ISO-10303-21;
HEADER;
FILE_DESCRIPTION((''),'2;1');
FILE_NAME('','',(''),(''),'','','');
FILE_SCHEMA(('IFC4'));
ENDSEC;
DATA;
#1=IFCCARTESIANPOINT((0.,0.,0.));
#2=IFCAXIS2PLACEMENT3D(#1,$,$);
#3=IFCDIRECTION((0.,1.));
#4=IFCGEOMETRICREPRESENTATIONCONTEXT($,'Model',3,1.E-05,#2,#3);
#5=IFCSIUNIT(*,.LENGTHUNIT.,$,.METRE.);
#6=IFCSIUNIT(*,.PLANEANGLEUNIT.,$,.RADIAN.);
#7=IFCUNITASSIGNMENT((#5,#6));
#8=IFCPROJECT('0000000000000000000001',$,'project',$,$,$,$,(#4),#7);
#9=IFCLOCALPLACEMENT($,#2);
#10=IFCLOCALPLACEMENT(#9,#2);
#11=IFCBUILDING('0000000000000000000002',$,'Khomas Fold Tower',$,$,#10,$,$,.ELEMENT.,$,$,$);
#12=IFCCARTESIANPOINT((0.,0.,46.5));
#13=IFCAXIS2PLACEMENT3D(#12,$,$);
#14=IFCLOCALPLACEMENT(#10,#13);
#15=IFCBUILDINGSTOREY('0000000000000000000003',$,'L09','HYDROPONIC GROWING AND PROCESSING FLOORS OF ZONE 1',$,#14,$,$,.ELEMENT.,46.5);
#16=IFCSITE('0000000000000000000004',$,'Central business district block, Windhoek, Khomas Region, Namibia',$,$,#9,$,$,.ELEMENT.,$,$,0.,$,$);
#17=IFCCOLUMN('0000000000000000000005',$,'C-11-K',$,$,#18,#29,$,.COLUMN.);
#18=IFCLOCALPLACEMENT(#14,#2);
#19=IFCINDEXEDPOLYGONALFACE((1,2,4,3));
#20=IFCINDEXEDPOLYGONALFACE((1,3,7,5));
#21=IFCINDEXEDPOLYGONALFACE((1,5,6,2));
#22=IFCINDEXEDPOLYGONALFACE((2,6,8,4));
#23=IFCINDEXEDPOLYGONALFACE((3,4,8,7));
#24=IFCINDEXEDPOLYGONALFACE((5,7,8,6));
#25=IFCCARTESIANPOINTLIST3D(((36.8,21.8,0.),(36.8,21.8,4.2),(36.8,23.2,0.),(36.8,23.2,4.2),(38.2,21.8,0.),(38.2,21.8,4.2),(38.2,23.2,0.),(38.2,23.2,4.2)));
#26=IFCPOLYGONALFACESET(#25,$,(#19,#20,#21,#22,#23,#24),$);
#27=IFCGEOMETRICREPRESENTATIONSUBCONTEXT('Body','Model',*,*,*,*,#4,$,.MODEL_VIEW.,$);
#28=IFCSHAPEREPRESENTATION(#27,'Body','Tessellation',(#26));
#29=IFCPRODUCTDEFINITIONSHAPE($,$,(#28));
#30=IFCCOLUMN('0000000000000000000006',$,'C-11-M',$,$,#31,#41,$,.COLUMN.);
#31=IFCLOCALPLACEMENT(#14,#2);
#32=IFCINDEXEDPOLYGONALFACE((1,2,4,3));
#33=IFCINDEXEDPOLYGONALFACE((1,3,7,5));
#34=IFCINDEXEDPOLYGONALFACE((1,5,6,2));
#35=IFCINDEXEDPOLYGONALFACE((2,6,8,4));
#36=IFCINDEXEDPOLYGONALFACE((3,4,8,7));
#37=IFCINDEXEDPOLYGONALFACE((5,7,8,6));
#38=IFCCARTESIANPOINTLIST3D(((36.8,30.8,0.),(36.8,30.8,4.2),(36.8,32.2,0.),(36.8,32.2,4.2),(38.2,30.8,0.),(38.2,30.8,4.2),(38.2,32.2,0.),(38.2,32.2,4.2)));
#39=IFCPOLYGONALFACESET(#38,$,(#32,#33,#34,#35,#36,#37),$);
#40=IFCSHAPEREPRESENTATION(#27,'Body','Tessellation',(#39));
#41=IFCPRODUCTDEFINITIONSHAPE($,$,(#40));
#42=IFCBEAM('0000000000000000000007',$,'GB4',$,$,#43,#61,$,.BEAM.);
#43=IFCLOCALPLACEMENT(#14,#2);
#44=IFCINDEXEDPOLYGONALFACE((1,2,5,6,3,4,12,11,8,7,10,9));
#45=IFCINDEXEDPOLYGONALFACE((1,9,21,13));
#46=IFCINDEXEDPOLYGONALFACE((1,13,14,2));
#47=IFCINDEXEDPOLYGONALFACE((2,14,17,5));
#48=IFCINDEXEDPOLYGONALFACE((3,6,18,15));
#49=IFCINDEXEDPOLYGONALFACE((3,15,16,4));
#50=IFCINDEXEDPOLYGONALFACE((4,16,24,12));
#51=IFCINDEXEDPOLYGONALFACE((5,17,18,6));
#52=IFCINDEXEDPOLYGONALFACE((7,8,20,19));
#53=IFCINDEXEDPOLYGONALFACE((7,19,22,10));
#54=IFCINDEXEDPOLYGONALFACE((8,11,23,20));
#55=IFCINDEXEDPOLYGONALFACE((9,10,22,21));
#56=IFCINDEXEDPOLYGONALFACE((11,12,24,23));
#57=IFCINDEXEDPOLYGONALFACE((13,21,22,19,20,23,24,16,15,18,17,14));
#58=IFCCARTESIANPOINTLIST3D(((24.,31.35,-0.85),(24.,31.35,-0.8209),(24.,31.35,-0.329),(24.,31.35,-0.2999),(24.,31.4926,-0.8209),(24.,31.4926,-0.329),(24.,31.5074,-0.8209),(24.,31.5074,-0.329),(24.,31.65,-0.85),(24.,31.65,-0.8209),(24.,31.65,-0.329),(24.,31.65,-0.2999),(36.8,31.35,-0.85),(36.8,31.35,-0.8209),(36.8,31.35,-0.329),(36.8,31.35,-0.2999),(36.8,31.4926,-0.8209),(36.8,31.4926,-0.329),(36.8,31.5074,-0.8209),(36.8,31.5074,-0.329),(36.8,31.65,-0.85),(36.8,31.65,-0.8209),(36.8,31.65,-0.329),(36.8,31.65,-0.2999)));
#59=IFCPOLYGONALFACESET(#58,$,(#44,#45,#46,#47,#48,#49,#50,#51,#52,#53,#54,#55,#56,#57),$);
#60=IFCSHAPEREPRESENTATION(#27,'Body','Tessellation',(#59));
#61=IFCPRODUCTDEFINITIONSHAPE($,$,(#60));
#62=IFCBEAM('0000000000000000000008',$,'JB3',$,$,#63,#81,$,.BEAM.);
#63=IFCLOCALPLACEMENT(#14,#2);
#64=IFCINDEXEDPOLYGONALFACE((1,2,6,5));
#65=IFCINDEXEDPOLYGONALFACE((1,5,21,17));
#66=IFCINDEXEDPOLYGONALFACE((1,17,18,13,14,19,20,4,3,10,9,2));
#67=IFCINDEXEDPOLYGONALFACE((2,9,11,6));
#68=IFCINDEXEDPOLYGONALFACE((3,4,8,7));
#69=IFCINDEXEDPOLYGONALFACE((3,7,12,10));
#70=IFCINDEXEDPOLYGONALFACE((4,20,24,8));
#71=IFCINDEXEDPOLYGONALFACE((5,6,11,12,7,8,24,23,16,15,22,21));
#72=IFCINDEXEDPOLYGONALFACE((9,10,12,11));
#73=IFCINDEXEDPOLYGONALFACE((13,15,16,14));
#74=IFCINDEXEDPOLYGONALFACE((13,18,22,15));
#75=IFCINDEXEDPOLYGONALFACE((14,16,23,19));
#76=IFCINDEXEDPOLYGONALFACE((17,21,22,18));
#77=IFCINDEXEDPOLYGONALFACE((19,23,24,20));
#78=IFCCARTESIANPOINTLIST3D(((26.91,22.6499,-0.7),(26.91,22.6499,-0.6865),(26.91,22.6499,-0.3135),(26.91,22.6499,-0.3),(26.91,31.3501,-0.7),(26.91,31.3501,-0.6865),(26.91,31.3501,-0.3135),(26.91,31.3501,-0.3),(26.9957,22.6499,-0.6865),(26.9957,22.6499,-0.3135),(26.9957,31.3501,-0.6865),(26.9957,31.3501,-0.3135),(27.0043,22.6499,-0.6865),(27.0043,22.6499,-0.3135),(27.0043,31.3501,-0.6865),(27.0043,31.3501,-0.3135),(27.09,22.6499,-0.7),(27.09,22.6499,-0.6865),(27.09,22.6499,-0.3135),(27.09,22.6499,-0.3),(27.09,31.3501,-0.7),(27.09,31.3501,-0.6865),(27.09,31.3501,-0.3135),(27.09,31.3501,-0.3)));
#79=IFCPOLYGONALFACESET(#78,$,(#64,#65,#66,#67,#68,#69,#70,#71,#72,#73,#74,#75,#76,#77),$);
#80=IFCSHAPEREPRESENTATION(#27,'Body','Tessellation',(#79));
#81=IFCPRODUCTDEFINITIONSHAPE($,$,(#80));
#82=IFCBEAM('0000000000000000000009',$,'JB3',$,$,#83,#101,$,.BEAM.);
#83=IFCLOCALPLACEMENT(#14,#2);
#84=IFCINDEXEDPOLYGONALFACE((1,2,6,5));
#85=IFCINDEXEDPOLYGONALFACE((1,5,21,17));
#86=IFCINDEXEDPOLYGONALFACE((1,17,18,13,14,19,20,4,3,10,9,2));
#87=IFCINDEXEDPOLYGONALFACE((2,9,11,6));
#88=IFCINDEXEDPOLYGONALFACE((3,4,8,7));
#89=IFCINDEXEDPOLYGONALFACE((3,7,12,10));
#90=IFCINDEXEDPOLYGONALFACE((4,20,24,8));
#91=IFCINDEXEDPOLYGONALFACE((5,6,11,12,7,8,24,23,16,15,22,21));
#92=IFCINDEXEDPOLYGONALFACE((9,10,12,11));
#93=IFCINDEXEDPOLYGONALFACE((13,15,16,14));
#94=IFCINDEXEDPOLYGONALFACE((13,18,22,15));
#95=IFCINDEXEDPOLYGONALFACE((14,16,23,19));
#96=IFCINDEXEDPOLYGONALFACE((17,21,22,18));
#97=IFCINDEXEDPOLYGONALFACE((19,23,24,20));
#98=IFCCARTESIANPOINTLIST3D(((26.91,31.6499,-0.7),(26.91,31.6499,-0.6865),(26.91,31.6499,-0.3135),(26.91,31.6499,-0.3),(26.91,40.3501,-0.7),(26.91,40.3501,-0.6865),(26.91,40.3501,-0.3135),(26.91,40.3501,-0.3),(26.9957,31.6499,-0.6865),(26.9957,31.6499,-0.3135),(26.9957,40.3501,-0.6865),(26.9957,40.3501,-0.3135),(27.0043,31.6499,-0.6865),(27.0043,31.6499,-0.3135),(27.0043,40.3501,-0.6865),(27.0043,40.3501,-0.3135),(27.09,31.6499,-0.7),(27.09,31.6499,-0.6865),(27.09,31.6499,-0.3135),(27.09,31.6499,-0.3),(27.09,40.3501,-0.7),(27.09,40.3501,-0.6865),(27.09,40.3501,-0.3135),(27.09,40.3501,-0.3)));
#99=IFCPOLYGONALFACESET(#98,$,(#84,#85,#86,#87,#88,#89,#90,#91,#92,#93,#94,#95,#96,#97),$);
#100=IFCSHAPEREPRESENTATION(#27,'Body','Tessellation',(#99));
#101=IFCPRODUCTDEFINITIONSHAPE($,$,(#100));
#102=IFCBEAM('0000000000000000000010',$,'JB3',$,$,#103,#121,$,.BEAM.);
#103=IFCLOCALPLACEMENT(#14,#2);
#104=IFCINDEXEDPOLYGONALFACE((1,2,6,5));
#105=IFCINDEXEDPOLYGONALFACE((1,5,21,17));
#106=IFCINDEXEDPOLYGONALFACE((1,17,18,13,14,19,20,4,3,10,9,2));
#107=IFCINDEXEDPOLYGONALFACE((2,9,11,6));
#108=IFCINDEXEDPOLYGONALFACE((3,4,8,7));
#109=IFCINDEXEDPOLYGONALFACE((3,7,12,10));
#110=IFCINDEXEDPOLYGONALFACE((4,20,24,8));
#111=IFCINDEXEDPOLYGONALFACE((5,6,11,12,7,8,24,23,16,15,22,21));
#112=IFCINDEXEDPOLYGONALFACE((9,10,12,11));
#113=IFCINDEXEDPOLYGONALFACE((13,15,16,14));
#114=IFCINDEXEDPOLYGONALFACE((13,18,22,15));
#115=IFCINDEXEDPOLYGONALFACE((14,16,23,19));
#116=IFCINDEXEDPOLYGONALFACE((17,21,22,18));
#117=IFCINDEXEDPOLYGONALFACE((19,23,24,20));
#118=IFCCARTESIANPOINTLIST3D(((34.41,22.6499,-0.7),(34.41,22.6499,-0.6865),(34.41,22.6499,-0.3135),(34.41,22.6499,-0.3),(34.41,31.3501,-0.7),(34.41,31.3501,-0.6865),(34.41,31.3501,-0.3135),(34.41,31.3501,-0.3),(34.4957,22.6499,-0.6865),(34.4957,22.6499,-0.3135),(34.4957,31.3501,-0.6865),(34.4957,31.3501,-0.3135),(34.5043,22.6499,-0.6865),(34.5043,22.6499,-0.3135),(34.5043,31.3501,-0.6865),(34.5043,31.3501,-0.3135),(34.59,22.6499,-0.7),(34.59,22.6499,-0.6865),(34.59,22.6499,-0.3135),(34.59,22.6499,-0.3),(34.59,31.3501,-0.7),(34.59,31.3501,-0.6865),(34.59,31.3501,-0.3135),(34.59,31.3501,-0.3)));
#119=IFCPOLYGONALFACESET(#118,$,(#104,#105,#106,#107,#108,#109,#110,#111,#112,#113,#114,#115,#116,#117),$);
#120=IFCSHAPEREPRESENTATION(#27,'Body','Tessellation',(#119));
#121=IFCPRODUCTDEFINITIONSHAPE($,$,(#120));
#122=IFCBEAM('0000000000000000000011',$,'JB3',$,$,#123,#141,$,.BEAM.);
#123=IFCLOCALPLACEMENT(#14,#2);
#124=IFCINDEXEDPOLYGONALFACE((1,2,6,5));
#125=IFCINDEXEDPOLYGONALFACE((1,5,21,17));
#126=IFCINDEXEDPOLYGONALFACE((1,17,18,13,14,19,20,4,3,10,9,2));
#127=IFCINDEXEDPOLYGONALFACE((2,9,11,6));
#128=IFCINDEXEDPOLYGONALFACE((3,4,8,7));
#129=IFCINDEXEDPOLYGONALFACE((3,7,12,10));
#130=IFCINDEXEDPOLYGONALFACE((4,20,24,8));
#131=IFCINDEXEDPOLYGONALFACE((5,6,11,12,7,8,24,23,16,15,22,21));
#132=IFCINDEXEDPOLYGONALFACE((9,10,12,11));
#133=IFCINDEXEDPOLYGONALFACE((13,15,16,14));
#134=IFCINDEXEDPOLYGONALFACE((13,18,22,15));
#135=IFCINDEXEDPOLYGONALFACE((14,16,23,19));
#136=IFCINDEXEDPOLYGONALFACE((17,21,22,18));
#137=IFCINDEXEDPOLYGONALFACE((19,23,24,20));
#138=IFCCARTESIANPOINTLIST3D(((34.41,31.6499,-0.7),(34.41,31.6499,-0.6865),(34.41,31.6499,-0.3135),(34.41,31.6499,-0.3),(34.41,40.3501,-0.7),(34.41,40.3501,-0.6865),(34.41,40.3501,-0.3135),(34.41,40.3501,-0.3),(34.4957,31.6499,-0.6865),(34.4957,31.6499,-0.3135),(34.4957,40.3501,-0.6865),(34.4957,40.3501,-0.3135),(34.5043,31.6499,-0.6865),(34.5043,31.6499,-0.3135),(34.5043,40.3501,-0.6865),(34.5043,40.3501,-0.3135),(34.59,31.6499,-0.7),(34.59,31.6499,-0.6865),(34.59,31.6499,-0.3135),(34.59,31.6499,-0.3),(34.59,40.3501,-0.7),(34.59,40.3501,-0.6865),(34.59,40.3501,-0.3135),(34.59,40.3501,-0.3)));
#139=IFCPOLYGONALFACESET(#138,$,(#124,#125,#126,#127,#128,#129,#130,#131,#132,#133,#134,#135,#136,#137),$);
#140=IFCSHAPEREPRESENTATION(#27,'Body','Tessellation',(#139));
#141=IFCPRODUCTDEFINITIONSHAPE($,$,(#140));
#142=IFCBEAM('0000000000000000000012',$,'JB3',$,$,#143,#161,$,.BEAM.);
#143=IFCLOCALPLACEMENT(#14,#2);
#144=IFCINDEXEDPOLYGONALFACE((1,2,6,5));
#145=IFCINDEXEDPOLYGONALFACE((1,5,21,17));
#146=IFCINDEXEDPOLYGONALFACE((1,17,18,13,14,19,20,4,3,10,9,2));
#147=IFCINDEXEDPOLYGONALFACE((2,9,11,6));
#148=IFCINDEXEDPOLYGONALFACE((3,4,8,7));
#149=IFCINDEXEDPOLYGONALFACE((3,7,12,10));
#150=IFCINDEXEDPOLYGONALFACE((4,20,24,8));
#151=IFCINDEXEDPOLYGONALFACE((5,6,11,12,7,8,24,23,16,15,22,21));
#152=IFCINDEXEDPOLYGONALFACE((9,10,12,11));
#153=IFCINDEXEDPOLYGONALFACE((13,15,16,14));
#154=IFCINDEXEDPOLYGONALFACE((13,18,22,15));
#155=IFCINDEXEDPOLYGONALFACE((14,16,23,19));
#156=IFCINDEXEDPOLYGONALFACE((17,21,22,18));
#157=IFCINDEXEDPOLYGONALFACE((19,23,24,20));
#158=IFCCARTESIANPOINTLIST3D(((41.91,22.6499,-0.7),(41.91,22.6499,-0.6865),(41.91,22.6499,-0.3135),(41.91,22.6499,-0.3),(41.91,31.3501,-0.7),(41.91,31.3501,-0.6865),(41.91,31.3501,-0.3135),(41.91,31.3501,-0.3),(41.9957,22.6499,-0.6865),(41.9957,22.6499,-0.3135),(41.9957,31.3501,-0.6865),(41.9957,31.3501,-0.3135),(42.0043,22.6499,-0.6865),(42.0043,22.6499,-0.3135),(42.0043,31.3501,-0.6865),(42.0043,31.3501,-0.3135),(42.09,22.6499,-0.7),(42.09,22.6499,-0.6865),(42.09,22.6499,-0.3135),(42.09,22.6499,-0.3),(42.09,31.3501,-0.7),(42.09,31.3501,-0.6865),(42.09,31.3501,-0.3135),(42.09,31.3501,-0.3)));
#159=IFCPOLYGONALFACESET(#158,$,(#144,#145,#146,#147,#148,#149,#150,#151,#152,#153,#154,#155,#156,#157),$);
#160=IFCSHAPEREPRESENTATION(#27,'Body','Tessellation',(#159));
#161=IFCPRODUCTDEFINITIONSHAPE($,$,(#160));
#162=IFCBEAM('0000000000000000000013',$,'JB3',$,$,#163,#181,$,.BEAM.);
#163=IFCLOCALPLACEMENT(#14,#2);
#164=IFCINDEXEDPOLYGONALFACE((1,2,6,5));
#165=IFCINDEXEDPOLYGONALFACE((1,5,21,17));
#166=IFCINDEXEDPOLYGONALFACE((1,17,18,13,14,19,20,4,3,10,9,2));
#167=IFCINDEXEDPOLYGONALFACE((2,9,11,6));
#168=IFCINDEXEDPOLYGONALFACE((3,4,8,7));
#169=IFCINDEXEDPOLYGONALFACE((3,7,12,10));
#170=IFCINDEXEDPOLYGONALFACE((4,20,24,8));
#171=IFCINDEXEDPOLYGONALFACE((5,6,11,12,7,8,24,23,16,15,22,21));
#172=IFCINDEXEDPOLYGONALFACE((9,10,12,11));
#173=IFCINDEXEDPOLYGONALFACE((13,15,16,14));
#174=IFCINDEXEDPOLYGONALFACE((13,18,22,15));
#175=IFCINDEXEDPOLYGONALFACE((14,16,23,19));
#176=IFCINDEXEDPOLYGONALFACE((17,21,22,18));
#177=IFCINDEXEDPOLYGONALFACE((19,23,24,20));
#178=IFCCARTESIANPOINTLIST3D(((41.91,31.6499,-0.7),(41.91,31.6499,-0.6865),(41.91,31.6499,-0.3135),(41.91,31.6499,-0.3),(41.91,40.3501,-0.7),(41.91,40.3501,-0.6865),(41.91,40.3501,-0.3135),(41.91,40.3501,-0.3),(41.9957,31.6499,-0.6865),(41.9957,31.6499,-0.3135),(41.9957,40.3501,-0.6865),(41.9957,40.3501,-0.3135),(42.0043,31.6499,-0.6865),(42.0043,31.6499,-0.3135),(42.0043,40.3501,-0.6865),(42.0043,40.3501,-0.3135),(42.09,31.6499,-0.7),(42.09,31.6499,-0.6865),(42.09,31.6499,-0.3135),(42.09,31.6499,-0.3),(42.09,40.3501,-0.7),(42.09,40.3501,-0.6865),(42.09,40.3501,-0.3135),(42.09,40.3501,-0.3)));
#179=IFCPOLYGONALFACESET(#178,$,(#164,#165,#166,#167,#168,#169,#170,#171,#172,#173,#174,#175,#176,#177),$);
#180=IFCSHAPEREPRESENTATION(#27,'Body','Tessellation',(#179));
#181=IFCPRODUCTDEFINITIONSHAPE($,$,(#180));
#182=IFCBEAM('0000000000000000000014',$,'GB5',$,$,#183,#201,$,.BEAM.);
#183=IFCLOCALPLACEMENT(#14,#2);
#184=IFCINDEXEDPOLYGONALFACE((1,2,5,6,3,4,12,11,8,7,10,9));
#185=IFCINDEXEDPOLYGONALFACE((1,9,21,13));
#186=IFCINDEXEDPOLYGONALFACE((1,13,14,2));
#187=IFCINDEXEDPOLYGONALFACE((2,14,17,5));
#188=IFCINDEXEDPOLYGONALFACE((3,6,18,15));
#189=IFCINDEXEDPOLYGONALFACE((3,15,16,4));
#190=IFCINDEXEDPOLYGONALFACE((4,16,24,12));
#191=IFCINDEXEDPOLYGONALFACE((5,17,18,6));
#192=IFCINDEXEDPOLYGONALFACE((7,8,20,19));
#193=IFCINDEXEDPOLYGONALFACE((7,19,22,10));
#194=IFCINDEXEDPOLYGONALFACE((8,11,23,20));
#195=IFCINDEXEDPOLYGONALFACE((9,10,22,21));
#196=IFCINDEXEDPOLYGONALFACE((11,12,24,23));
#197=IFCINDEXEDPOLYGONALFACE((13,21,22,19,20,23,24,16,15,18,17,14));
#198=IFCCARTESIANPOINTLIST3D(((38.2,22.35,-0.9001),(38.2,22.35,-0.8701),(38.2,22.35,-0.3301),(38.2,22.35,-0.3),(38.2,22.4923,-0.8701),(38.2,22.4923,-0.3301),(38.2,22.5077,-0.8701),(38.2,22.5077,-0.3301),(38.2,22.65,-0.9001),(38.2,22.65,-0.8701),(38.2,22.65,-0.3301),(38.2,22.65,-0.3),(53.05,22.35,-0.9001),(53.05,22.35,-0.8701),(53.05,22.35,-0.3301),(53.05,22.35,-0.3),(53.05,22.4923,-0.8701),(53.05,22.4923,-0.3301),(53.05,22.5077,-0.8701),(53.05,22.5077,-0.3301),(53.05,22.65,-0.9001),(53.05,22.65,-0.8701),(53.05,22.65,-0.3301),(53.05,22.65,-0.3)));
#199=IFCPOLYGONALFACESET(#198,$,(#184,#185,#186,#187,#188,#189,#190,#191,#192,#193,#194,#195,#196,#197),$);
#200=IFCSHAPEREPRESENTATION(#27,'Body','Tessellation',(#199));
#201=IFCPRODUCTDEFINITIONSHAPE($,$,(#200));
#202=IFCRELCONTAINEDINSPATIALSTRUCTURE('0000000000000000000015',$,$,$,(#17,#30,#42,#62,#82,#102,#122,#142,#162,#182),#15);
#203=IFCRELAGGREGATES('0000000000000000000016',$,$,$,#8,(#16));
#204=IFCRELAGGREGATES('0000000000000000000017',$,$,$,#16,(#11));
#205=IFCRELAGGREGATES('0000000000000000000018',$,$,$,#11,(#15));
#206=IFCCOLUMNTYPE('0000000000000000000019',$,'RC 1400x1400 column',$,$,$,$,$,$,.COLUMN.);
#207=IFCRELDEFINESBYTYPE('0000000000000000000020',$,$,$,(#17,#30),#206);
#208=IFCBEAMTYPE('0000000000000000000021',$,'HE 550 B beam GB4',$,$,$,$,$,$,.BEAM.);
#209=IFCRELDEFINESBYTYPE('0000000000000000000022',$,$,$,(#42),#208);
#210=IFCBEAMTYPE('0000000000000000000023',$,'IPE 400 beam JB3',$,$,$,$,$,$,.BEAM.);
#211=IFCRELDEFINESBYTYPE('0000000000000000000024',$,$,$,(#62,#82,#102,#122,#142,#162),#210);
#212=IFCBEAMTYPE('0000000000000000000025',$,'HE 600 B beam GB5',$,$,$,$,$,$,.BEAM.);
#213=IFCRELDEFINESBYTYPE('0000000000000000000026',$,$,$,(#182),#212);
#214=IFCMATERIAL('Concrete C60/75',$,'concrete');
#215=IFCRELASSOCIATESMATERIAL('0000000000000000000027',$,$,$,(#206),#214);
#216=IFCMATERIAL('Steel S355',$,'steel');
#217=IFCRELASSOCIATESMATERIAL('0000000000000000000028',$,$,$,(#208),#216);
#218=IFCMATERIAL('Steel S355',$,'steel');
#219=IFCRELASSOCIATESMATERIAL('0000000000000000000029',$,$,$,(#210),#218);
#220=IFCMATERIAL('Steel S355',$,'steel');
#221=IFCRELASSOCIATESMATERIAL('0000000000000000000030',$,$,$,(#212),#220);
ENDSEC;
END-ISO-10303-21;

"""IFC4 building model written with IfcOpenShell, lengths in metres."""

from ifc_helpers import new_model, si_unit, direction, frame, origin, origin_2d, place, context, subcontext, project, spatial, rectangle, i_section, extrude, source, transform, mapped, material, material_profile, profile_set, type_object, element, save


model = new_model("IFC4")

# Units and contexts
model_context = context("Model", 3, precision=1e-05, world=origin(), true_north=direction((0.0, 1.0)))
body_context = subcontext(model_context, "Body", "Model", "MODEL_VIEW")
ifc_project = project(units=[si_unit("LENGTHUNIT", "METRE"), si_unit("PLANEANGLEUNIT", "RADIAN")], contexts=[model_context])

# Site, building, storey
site_placement = place(None, origin())
site = spatial("IfcSite", under=ifc_project, at=site_placement, Name="Central business district block, Windhoek, Khomas Region, Namibia", CompositionType="ELEMENT", RefElevation=0.0)
building_placement = place(site_placement, origin())
building = spatial("IfcBuilding", under=site, at=building_placement, Name="Khomas Fold Tower", CompositionType="ELEMENT")
storey_placement = place(building_placement, frame((0.0, 0.0, 46.5)))
storey = spatial("IfcBuildingStorey", under=building, at=storey_placement, Name="L09", Description="HYDROPONIC GROWING AND PROCESSING FLOORS OF ZONE 1", CompositionType="ELEMENT", Elevation=46.5)

# Columns
ifc_material_1 = material(Name="Concrete C60/75", Category="concrete")
ifc_material_profile_1 = material_profile(ifc_material_1, rectangle(XDim=1.3999, YDim=1.3999, at=origin_2d()), Name="RC 1400x1400")
ifc_profile_set_1 = profile_set([ifc_material_profile_1], Name="Concrete C60/75")
column_type = type_object("IfcColumnType", Name="RC 1400x1400 column", PredefinedType="COLUMN", material=ifc_profile_set_1)
shared_shape_1 = source(origin(), body_context, "Body", "SweptSolid", [
    extrude(rectangle(XDim=1.3999, YDim=1.3999, at=origin_2d()), origin(), (0.0, 0.0, 1.0), 4.2),
])
for number, where, z_axis, x_axis, name in (
    (1, (37.5, 22.5, 0.0), (0.0, 0.0, 1.0), (1.0, 0.0, 0.0), "C-11-K"),
    (2, (37.5, 31.5, 0.0), (0.0, 0.0, 1.0), (1.0, 0.0, 0.0), "C-11-M"),
):
    element("IfcColumn", number, at=place(storey_placement, frame(where, z_axis=z_axis, x_axis=x_axis)), inside=storey, type_object=column_type, Name=name, PredefinedType="COLUMN", context=body_context, shape_type="MappedRepresentation", body=[
        mapped(shared_shape_1, transform((0.0, 0.0, 0.0))),
    ])

# Beams
ifc_material_2 = material(Name="Steel S355", Category="steel")
ifc_material_profile_2 = material_profile(ifc_material_2, i_section(OverallWidth=0.3, OverallDepth=0.55, WebThickness=0.0149, FlangeThickness=0.0291, at=origin_2d()), Name="HE 550 B")
ifc_profile_set_2 = profile_set([ifc_material_profile_2], Name="Steel S355")
beam_type_1 = type_object("IfcBeamType", Name="HE 550 B beam GB4", PredefinedType="BEAM", material=ifc_profile_set_2)
shared_shape_2 = source(origin(), body_context, "Body", "SweptSolid", [
    extrude(i_section(OverallWidth=0.3, OverallDepth=0.55, WebThickness=0.0149, FlangeThickness=0.0291, at=origin_2d()), origin(), (0.0, 0.0, 1.0), 12.8),
])
beam_placement = place(storey_placement, frame((24.0, 31.5, -0.575), z_axis=(1.0, 0.0, 0.0), x_axis=(0.0, 1.0, 0.0)))
element("IfcBeam", 3, at=beam_placement, inside=storey, type_object=beam_type_1, Name="GB4", PredefinedType="BEAM", context=body_context, shape_type="MappedRepresentation", body=[
    mapped(shared_shape_2, transform((0.0, 0.0, 0.0))),
])
ifc_material_3 = material(Name="Steel S355", Category="steel")
ifc_material_profile_3 = material_profile(ifc_material_3, i_section(OverallWidth=0.1799, OverallDepth=0.3999, WebThickness=0.0085, FlangeThickness=0.0134, at=origin_2d()), Name="IPE 400")
ifc_profile_set_3 = profile_set([ifc_material_profile_3], Name="Steel S355")
beam_type_2 = type_object("IfcBeamType", Name="IPE 400 beam JB3", PredefinedType="BEAM", material=ifc_profile_set_3)
shared_shape_3 = source(origin(), body_context, "Body", "SweptSolid", [
    extrude(i_section(OverallWidth=0.1799, OverallDepth=0.3999, WebThickness=0.0085, FlangeThickness=0.0134, at=origin_2d()), origin(), (0.0, 0.0, 1.0), 8.7002),
])
for number, where, z_axis, x_axis, name in (
    (4, (27.0, 22.6499, -0.5), (0.0, 1.0, 0.0), (-1.0, 0.0, 0.0), "JB3"),
    (5, (27.0, 31.6499, -0.5), (0.0, 1.0, 0.0), (-1.0, 0.0, 0.0), "JB3"),
    (6, (34.5, 22.6499, -0.5), (0.0, 1.0, 0.0), (-1.0, 0.0, 0.0), "JB3"),
    (7, (34.5, 31.6499, -0.5), (0.0, 1.0, 0.0), (-1.0, 0.0, 0.0), "JB3"),
    (8, (42.0, 22.6499, -0.5), (0.0, 1.0, 0.0), (-1.0, 0.0, 0.0), "JB3"),
    (9, (42.0, 31.6499, -0.5), (0.0, 1.0, 0.0), (-1.0, 0.0, 0.0), "JB3"),
):
    element("IfcBeam", number, at=place(storey_placement, frame(where, z_axis=z_axis, x_axis=x_axis)), inside=storey, type_object=beam_type_2, Name=name, PredefinedType="BEAM", context=body_context, shape_type="MappedRepresentation", body=[
        mapped(shared_shape_3, transform((0.0, 0.0, 0.0))),
    ])
ifc_material_4 = material(Name="Steel S355", Category="steel")
ifc_material_profile_4 = material_profile(ifc_material_4, i_section(OverallWidth=0.3, OverallDepth=0.6001, WebThickness=0.0154, FlangeThickness=0.03, at=origin_2d()), Name="HE 600 B")
ifc_profile_set_4 = profile_set([ifc_material_profile_4], Name="Steel S355")
beam_type_3 = type_object("IfcBeamType", Name="HE 600 B beam GB5", PredefinedType="BEAM", material=ifc_profile_set_4)
shared_shape_4 = source(origin(), body_context, "Body", "SweptSolid", [
    extrude(i_section(OverallWidth=0.3, OverallDepth=0.6001, WebThickness=0.0154, FlangeThickness=0.03, at=origin_2d()), origin(), (0.0, 0.0, 1.0), 14.8501),
])
for number, where, z_axis, x_axis, name in (
    (10, (38.2, 22.5, -0.6001), (1.0, 0.0, 0.0), (0.0, 1.0, 0.0), "GB5"),
):
    element("IfcBeam", number, at=place(storey_placement, frame(where, z_axis=z_axis, x_axis=x_axis)), inside=storey, type_object=beam_type_3, Name=name, PredefinedType="BEAM", context=body_context, shape_type="MappedRepresentation", body=[
        mapped(shared_shape_4, transform((0.0, 0.0, 0.0))),
    ])

save(model, "model.ifc")
